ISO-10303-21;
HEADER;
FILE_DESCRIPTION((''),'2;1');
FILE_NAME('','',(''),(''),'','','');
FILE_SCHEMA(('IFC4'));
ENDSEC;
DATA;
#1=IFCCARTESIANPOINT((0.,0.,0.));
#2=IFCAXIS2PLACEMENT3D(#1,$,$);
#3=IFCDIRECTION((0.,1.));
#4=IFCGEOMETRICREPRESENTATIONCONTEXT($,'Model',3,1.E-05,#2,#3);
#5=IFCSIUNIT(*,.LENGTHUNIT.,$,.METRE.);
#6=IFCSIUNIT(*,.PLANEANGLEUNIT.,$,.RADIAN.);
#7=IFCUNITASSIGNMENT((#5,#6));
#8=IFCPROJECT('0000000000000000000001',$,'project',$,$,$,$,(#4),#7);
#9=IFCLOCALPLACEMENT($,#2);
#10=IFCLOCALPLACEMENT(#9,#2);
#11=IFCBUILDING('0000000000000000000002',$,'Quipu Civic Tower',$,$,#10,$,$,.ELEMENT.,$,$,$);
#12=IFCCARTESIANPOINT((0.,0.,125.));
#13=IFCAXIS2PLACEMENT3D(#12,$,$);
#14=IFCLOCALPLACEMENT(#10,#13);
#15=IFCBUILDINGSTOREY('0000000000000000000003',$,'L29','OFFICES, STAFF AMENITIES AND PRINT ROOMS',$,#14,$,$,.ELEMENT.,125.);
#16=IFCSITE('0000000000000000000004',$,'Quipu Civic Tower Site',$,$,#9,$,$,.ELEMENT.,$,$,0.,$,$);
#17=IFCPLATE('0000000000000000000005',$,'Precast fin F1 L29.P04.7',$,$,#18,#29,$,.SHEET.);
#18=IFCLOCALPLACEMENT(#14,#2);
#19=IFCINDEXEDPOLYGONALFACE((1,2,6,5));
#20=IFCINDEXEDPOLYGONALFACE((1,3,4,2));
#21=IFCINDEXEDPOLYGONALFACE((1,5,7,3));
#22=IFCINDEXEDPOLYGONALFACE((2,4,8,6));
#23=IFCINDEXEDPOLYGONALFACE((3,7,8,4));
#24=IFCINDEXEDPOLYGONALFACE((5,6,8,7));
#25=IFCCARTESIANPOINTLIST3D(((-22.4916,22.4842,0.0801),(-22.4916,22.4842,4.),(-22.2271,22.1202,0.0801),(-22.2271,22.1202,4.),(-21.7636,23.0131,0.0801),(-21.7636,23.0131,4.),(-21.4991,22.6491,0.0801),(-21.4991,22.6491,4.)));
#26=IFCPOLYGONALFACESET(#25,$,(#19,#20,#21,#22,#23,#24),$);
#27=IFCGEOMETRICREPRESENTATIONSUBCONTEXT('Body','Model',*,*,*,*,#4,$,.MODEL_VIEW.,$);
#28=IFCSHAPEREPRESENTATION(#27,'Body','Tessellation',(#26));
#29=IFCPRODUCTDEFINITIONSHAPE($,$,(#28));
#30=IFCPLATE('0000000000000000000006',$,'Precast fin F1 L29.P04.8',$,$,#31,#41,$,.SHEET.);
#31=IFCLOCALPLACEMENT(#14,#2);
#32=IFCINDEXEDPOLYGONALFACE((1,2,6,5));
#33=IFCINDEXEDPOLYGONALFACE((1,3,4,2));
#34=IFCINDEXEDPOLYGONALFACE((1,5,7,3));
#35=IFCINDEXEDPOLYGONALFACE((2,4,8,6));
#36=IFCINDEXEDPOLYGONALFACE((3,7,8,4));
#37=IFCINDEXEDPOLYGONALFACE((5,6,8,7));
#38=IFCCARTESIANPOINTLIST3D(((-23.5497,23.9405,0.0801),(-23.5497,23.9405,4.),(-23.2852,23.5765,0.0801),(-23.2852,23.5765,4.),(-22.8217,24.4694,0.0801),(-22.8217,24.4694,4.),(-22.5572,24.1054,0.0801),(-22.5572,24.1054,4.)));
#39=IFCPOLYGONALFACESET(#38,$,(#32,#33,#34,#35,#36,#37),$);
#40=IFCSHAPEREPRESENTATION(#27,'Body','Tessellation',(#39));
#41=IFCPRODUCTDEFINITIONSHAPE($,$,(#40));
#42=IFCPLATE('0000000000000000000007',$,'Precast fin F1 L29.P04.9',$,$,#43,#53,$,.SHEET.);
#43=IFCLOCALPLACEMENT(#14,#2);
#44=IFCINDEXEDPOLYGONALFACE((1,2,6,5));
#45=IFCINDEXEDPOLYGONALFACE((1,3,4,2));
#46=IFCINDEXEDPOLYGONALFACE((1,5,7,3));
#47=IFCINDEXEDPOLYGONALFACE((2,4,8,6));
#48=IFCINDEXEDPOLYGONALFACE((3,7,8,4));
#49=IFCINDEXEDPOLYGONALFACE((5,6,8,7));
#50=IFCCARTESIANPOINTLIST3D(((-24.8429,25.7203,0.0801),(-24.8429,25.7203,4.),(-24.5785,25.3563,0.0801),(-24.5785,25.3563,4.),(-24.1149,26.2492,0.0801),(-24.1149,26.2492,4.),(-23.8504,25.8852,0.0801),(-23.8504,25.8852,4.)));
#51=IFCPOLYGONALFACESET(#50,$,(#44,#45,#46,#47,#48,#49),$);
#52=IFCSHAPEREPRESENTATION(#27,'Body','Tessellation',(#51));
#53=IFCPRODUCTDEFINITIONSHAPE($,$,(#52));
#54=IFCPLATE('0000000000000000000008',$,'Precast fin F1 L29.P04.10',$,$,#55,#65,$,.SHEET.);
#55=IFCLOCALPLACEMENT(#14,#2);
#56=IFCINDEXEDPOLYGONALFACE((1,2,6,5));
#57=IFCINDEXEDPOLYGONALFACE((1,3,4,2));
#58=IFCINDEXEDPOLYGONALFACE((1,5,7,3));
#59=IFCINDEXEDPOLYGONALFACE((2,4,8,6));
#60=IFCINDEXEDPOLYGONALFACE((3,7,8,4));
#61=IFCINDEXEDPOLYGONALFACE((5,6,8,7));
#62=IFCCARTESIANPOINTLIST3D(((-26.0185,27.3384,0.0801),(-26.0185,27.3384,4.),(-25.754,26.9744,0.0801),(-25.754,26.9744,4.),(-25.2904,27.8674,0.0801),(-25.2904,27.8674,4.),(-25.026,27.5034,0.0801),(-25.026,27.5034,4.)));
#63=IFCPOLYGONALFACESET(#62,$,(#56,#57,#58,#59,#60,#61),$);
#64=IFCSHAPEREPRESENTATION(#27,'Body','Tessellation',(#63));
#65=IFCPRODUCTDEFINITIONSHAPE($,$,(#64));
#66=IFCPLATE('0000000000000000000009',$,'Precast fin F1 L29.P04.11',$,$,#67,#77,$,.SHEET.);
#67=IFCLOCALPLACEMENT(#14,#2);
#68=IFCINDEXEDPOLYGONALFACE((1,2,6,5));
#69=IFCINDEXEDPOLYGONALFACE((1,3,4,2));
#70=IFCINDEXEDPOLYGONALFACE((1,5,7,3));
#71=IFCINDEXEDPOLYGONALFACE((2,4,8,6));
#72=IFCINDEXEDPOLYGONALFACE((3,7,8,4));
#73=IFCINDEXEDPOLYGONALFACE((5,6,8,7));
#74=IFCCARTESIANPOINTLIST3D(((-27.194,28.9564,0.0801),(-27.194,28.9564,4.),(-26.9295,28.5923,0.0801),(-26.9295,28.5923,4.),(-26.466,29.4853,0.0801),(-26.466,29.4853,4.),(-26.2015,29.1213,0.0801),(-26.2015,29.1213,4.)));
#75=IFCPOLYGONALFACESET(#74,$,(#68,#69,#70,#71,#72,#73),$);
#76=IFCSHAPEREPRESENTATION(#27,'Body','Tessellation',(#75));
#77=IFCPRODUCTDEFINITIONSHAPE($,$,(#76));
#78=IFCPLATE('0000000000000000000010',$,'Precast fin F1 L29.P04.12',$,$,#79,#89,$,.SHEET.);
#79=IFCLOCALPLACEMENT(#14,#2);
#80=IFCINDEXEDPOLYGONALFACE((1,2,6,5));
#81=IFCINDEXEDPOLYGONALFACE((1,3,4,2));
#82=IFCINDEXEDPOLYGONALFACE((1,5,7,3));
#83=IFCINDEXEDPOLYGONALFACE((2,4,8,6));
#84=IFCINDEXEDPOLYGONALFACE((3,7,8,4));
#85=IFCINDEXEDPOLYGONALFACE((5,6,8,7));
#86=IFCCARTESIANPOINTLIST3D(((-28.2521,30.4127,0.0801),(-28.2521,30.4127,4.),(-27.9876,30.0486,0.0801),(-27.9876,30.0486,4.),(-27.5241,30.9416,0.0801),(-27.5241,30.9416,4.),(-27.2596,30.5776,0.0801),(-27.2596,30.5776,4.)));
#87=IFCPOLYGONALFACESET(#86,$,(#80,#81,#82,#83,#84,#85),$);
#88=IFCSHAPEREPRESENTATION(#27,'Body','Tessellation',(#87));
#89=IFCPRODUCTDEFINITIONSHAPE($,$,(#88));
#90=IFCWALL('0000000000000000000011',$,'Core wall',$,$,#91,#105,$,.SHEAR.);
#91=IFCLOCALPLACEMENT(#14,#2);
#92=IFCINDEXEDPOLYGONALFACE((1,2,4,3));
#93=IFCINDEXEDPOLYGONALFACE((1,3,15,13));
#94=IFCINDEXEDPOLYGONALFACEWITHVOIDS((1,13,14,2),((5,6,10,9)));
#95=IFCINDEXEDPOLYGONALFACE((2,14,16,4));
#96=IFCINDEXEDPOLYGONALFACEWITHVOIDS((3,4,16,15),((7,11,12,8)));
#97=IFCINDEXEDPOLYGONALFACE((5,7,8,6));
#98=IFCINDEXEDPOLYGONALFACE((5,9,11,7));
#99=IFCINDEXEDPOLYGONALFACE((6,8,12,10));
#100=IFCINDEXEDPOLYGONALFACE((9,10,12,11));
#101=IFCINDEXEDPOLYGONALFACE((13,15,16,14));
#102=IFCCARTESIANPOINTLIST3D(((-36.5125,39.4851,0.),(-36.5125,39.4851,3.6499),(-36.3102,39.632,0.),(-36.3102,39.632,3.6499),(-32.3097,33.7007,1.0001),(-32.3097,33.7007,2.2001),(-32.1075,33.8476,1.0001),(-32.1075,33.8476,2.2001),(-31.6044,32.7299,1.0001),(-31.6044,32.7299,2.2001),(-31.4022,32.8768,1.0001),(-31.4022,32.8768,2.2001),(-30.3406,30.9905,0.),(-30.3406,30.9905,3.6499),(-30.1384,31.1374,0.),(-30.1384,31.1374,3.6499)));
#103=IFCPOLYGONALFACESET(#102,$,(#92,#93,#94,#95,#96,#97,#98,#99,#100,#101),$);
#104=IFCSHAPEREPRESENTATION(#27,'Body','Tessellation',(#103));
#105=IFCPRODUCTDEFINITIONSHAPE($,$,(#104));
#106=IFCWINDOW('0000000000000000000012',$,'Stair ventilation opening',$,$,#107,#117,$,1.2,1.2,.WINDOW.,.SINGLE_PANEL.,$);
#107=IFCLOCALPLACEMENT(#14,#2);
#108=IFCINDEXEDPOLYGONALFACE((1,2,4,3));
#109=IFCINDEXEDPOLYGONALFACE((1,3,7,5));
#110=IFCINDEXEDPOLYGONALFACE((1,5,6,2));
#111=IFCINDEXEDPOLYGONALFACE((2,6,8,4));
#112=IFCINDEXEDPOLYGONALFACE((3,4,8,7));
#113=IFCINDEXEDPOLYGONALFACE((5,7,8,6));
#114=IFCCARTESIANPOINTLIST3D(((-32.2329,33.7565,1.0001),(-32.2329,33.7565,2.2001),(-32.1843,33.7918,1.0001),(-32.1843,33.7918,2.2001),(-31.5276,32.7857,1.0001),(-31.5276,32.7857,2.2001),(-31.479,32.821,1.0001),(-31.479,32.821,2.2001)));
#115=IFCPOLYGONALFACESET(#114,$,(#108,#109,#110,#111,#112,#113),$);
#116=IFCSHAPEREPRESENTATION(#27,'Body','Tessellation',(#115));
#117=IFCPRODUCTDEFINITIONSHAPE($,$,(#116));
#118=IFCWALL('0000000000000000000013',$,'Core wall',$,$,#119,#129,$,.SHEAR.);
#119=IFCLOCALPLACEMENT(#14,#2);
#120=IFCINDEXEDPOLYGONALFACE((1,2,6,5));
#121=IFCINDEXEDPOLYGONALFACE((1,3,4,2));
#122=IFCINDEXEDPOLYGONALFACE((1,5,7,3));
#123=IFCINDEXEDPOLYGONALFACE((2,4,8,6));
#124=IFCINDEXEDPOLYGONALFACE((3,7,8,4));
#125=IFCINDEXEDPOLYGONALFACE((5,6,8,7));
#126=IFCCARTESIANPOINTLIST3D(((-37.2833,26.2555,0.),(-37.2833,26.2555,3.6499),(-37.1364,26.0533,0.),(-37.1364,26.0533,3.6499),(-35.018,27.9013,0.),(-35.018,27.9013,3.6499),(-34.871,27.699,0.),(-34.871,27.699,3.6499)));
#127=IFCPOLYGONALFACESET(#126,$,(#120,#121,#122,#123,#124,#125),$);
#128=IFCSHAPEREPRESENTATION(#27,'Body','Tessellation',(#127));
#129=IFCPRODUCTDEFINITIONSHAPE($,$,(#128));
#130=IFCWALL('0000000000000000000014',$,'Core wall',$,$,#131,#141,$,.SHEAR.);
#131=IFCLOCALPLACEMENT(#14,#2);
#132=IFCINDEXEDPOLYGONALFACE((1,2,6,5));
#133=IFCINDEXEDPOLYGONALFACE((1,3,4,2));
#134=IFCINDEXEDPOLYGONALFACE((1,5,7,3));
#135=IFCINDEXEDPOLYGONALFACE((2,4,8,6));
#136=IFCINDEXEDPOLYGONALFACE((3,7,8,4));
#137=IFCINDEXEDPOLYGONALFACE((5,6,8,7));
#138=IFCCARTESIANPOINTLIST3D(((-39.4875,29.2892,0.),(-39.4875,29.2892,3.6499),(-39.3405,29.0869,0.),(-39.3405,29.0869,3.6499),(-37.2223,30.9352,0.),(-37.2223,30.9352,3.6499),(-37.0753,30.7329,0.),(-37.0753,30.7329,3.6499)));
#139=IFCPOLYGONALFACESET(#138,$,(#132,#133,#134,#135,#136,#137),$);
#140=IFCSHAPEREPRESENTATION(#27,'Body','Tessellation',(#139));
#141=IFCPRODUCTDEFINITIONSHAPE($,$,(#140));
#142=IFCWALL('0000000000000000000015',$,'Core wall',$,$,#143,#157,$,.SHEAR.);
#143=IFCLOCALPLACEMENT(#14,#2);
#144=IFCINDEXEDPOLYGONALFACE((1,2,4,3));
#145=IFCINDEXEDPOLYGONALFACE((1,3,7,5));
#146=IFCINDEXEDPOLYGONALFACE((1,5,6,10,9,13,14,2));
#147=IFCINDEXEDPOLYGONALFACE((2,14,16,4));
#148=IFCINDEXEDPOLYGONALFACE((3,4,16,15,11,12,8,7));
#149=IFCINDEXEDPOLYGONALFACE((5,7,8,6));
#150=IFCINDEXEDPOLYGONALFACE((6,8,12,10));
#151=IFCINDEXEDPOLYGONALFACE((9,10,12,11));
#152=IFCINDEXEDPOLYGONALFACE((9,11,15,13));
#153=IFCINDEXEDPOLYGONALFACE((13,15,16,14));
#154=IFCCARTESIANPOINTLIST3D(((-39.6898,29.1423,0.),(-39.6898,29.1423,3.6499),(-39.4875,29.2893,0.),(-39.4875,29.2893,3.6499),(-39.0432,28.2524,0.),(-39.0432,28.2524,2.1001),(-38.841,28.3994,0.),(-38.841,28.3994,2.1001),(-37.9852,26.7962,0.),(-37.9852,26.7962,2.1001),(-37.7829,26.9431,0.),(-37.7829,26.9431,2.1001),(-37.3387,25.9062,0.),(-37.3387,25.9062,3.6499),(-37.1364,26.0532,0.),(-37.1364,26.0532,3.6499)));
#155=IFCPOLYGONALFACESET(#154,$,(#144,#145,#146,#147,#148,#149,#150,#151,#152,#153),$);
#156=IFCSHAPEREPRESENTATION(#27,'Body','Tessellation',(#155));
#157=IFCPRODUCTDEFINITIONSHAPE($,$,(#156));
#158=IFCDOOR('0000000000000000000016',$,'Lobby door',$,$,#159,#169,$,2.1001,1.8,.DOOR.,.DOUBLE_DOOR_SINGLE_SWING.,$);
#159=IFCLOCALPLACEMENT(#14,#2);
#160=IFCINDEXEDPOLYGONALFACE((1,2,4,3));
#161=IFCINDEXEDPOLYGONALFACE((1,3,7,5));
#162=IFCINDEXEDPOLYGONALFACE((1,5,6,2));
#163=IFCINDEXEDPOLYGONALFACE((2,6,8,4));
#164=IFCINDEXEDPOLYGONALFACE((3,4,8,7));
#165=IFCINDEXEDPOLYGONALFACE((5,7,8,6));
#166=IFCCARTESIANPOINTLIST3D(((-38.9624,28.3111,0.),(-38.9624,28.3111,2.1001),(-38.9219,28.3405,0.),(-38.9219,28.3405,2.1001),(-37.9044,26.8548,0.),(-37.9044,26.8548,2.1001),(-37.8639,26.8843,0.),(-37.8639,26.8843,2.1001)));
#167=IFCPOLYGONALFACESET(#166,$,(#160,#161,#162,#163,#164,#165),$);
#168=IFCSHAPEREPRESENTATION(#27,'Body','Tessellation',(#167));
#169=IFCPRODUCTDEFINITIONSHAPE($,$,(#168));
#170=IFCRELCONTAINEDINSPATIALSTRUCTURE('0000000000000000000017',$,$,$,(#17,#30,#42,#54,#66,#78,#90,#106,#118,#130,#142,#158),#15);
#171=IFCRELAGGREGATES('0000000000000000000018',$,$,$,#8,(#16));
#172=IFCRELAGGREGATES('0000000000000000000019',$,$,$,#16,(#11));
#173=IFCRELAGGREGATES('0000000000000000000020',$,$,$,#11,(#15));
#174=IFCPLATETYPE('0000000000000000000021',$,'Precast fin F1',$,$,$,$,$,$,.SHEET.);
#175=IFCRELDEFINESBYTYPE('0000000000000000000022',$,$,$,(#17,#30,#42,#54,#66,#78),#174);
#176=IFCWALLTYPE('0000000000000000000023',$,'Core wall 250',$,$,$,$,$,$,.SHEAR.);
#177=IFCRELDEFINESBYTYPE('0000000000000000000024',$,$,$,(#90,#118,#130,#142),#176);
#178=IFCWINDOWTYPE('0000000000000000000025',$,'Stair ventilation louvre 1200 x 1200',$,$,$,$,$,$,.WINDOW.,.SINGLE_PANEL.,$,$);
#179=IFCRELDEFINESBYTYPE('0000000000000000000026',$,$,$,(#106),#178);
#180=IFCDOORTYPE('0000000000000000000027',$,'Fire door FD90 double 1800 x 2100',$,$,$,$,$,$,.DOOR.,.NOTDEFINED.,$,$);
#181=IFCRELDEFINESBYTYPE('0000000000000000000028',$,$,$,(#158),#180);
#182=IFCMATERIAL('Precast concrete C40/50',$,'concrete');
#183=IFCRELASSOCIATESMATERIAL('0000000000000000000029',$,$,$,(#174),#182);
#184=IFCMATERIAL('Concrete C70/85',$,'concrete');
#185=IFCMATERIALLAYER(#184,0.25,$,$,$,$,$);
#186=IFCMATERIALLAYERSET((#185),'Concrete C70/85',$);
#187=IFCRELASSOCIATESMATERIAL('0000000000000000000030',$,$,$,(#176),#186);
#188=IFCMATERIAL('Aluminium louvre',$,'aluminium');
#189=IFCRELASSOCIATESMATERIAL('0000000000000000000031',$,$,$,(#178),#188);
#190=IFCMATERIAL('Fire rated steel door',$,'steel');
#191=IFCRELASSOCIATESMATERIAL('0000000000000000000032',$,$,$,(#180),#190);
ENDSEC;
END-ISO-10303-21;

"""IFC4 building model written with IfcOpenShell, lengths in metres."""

from ifc_helpers import new_model, si_unit, direction, frame, frame_2d, origin, origin_2d, place, context, subcontext, project, spatial, rectangle, extrude, material, layer, layer_set, type_object, element, fill, save


model = new_model("IFC4")

# Units and contexts
model_context = context("Model", 3, precision=1e-05, world=origin(), true_north=direction((0.0, 1.0)))
body_context = subcontext(model_context, "Body", "Model", "MODEL_VIEW")
ifc_project = project(units=[si_unit("LENGTHUNIT", "METRE"), si_unit("PLANEANGLEUNIT", "RADIAN")], contexts=[model_context])

# Site, building, storey
site_placement = place(None, origin())
site = spatial("IfcSite", under=ifc_project, at=site_placement, Name="Quipu Civic Tower Site", CompositionType="ELEMENT", RefElevation=0.0)
building_placement = place(site_placement, origin())
building = spatial("IfcBuilding", under=site, at=building_placement, Name="Quipu Civic Tower", CompositionType="ELEMENT")
storey_placement = place(building_placement, frame((0.0, 0.0, 125.0)))
storey = spatial("IfcBuildingStorey", under=building, at=storey_placement, Name="L29", Description="OFFICES, STAFF AMENITIES AND PRINT ROOMS", CompositionType="ELEMENT", Elevation=125.0)

# Plates
ifc_material_1 = material(Name="Precast concrete C40/50", Category="concrete")
plate_type_1 = type_object("IfcPlateType", Name="Precast fin F1", PredefinedType="SHEET", material=ifc_material_1)
for number, where, z_axis, x_axis, name in (
    (1, (-21.9954, 22.5667, 0.0801), (0.0, 0.0, 1.0), (-0.587785, 0.809017, 0.0), "Precast fin F1 L29.P04.7"),
    (2, (-23.0535, 24.0229, 0.0801), (0.0, 0.0, 1.0), (-0.587785, 0.809017, 0.0), "Precast fin F1 L29.P04.8"),
    (3, (-24.3467, 25.8027, 0.0801), (0.0, 0.0, 1.0), (-0.587785, 0.809017, 0.0), "Precast fin F1 L29.P04.9"),
    (4, (-25.5222, 27.4209, 0.0801), (0.0, 0.0, 1.0), (-0.587785, 0.809017, 0.0), "Precast fin F1 L29.P04.10"),
    (5, (-26.6978, 29.0388, 0.0801), (0.0, 0.0, 1.0), (-0.587785, 0.809017, 0.0), "Precast fin F1 L29.P04.11"),
    (6, (-27.7559, 30.4951, 0.0801), (0.0, 0.0, 1.0), (-0.587785, 0.809017, 0.0), "Precast fin F1 L29.P04.12"),
):
    element("IfcPlate", number, at=place(storey_placement, frame(where, z_axis=z_axis, x_axis=x_axis)), inside=storey, type_object=plate_type_1, Name=name, PredefinedType="SHEET", context=body_context, shape_type="SweptSolid", body=[
        extrude(rectangle(XDim=0.45, YDim=0.8999, at=origin_2d()), origin(), (0.0, 0.0, 1.0), 3.9199),
    ])

# Wall, opening, window
ifc_material_2 = material(Name="Concrete C70/85", Category="concrete")
ifc_layer_1 = layer(ifc_material_2, 0.25)
ifc_layer_set_1 = layer_set([ifc_layer_1], Name="Concrete C70/85")
wall_type_1 = type_object("IfcWallType", Name="Core wall 250", PredefinedType="SHEAR", material=ifc_layer_set_1)
wall_1_placement = place(storey_placement, frame((-30.2395, 31.064, 0.0), z_axis=(0.0, 0.0, 1.0), x_axis=(-0.587796, 0.809009, 0.0)))
wall_1 = element("IfcWall", 7, at=wall_1_placement, inside=storey, type_object=wall_type_1, Name="Core wall", PredefinedType="SHEAR", context=body_context, shape_type="SweptSolid", body=[
    extrude(rectangle(XDim=10.5, YDim=0.25, at=frame_2d((5.25, 0.0))), origin(), (0.0, 0.0, 1.0), 3.6499),
])
opening_1_placement = place(wall_1_placement, frame((2.1499, 0.0, 1.0)))
opening_1 = element("IfcOpeningElement", 8, at=opening_1_placement, cuts=wall_1, PredefinedType="OPENING", context=body_context, shape_type="SweptSolid", body=[
    extrude(rectangle(XDim=1.2, YDim=1.2, at=frame_2d((0.6001, 0.6001))), frame((0.0, 0.135, 0.0), z_axis=(0.0, -1.0, 0.0), x_axis=(1.0, 0.0, 0.0)), (0.0, 0.0, 1.0), 0.27),
])
ifc_material_3 = material(Name="Aluminium louvre", Category="aluminium")
window_type = type_object("IfcWindowType", Name="Stair ventilation louvre 1200 x 1200", PartitioningType="SINGLE_PANEL", PredefinedType="WINDOW", material=ifc_material_3)
window_placement = place(opening_1_placement, origin())
window = element("IfcWindow", 9, at=window_placement, inside=storey, type_object=window_type, Name="Stair ventilation opening", OverallHeight=1.2, OverallWidth=1.2, PartitioningType="SINGLE_PANEL", PredefinedType="WINDOW", context=body_context, shape_type="SweptSolid", body=[
    extrude(rectangle(XDim=1.2, YDim=1.2, at=frame_2d((0.6001, 0.6001))), frame((0.0, 0.03, 0.0), z_axis=(0.0, -1.0, 0.0), x_axis=(1.0, 0.0, 0.0)), (0.0, 0.0, 1.0), 0.0601),
])
fill(opening_1, window)

# Walls
for number, where, z_axis, x_axis, name in (
    (10, (-34.9446, 27.8, 0.0), (0.0, 0.0, 1.0), (-0.809041, -0.587752, 0.0), "Core wall"),
    (11, (-37.1489, 30.834, 0.0), (0.0, 0.0, 1.0), (-0.80897, -0.58785, 0.0), "Core wall"),
):
    element("IfcWall", number, at=place(storey_placement, frame(where, z_axis=z_axis, x_axis=x_axis)), inside=storey, type_object=wall_type_1, Name=name, PredefinedType="SHEAR", context=body_context, shape_type="SweptSolid", body=[
        extrude(rectangle(XDim=2.8, YDim=0.25, at=frame_2d((1.3999, 0.0))), origin(), (0.0, 0.0, 1.0), 3.6499),
    ])

# Wall, opening, door
wall_2_placement = place(storey_placement, frame((-39.5886, 29.2158, 0.0), z_axis=(0.0, 0.0, 1.0), x_axis=(0.587772, -0.809026, 0.0)))
wall_2 = element("IfcWall", 12, at=wall_2_placement, inside=storey, type_object=wall_type_1, Name="Core wall", PredefinedType="SHEAR", context=body_context, shape_type="SweptSolid", body=[
    extrude(rectangle(XDim=4.0, YDim=0.25, at=frame_2d((2.0, 0.0))), origin(), (0.0, 0.0, 1.0), 3.6499),
])
opening_2_placement = place(wall_2_placement, frame((1.1001, 0.0, 0.0)))
opening_2 = element("IfcOpeningElement", 13, at=opening_2_placement, cuts=wall_2, PredefinedType="OPENING", context=body_context, shape_type="SweptSolid", body=[
    extrude(rectangle(XDim=1.8, YDim=2.1001, at=frame_2d((0.8999, 1.05))), frame((0.0, 0.135, 0.0), z_axis=(0.0, -1.0, 0.0), x_axis=(1.0, 0.0, 0.0)), (0.0, 0.0, 1.0), 0.27),
])
ifc_material_4 = material(Name="Fire rated steel door", Category="steel")
door_type_1 = type_object("IfcDoorType", Name="Fire door FD90 double 1800 x 2100", OperationType="NOTDEFINED", PredefinedType="DOOR", material=ifc_material_4)
door_1_placement = place(opening_2_placement, origin())
door_1 = element("IfcDoor", 14, at=door_1_placement, inside=storey, type_object=door_type_1, Name="Lobby door", OperationType="DOUBLE_DOOR_SINGLE_SWING", OverallHeight=2.1001, OverallWidth=1.8, PredefinedType="DOOR", context=body_context, shape_type="SweptSolid", body=[
    extrude(rectangle(XDim=1.8, YDim=2.1001, at=frame_2d((0.8999, 1.05))), frame((0.0, 0.0249, 0.0), z_axis=(0.0, -1.0, 0.0), x_axis=(1.0, 0.0, 0.0)), (0.0, 0.0, 1.0), 0.05),
])
fill(opening_2, door_1)

save(model, "model.ifc")
